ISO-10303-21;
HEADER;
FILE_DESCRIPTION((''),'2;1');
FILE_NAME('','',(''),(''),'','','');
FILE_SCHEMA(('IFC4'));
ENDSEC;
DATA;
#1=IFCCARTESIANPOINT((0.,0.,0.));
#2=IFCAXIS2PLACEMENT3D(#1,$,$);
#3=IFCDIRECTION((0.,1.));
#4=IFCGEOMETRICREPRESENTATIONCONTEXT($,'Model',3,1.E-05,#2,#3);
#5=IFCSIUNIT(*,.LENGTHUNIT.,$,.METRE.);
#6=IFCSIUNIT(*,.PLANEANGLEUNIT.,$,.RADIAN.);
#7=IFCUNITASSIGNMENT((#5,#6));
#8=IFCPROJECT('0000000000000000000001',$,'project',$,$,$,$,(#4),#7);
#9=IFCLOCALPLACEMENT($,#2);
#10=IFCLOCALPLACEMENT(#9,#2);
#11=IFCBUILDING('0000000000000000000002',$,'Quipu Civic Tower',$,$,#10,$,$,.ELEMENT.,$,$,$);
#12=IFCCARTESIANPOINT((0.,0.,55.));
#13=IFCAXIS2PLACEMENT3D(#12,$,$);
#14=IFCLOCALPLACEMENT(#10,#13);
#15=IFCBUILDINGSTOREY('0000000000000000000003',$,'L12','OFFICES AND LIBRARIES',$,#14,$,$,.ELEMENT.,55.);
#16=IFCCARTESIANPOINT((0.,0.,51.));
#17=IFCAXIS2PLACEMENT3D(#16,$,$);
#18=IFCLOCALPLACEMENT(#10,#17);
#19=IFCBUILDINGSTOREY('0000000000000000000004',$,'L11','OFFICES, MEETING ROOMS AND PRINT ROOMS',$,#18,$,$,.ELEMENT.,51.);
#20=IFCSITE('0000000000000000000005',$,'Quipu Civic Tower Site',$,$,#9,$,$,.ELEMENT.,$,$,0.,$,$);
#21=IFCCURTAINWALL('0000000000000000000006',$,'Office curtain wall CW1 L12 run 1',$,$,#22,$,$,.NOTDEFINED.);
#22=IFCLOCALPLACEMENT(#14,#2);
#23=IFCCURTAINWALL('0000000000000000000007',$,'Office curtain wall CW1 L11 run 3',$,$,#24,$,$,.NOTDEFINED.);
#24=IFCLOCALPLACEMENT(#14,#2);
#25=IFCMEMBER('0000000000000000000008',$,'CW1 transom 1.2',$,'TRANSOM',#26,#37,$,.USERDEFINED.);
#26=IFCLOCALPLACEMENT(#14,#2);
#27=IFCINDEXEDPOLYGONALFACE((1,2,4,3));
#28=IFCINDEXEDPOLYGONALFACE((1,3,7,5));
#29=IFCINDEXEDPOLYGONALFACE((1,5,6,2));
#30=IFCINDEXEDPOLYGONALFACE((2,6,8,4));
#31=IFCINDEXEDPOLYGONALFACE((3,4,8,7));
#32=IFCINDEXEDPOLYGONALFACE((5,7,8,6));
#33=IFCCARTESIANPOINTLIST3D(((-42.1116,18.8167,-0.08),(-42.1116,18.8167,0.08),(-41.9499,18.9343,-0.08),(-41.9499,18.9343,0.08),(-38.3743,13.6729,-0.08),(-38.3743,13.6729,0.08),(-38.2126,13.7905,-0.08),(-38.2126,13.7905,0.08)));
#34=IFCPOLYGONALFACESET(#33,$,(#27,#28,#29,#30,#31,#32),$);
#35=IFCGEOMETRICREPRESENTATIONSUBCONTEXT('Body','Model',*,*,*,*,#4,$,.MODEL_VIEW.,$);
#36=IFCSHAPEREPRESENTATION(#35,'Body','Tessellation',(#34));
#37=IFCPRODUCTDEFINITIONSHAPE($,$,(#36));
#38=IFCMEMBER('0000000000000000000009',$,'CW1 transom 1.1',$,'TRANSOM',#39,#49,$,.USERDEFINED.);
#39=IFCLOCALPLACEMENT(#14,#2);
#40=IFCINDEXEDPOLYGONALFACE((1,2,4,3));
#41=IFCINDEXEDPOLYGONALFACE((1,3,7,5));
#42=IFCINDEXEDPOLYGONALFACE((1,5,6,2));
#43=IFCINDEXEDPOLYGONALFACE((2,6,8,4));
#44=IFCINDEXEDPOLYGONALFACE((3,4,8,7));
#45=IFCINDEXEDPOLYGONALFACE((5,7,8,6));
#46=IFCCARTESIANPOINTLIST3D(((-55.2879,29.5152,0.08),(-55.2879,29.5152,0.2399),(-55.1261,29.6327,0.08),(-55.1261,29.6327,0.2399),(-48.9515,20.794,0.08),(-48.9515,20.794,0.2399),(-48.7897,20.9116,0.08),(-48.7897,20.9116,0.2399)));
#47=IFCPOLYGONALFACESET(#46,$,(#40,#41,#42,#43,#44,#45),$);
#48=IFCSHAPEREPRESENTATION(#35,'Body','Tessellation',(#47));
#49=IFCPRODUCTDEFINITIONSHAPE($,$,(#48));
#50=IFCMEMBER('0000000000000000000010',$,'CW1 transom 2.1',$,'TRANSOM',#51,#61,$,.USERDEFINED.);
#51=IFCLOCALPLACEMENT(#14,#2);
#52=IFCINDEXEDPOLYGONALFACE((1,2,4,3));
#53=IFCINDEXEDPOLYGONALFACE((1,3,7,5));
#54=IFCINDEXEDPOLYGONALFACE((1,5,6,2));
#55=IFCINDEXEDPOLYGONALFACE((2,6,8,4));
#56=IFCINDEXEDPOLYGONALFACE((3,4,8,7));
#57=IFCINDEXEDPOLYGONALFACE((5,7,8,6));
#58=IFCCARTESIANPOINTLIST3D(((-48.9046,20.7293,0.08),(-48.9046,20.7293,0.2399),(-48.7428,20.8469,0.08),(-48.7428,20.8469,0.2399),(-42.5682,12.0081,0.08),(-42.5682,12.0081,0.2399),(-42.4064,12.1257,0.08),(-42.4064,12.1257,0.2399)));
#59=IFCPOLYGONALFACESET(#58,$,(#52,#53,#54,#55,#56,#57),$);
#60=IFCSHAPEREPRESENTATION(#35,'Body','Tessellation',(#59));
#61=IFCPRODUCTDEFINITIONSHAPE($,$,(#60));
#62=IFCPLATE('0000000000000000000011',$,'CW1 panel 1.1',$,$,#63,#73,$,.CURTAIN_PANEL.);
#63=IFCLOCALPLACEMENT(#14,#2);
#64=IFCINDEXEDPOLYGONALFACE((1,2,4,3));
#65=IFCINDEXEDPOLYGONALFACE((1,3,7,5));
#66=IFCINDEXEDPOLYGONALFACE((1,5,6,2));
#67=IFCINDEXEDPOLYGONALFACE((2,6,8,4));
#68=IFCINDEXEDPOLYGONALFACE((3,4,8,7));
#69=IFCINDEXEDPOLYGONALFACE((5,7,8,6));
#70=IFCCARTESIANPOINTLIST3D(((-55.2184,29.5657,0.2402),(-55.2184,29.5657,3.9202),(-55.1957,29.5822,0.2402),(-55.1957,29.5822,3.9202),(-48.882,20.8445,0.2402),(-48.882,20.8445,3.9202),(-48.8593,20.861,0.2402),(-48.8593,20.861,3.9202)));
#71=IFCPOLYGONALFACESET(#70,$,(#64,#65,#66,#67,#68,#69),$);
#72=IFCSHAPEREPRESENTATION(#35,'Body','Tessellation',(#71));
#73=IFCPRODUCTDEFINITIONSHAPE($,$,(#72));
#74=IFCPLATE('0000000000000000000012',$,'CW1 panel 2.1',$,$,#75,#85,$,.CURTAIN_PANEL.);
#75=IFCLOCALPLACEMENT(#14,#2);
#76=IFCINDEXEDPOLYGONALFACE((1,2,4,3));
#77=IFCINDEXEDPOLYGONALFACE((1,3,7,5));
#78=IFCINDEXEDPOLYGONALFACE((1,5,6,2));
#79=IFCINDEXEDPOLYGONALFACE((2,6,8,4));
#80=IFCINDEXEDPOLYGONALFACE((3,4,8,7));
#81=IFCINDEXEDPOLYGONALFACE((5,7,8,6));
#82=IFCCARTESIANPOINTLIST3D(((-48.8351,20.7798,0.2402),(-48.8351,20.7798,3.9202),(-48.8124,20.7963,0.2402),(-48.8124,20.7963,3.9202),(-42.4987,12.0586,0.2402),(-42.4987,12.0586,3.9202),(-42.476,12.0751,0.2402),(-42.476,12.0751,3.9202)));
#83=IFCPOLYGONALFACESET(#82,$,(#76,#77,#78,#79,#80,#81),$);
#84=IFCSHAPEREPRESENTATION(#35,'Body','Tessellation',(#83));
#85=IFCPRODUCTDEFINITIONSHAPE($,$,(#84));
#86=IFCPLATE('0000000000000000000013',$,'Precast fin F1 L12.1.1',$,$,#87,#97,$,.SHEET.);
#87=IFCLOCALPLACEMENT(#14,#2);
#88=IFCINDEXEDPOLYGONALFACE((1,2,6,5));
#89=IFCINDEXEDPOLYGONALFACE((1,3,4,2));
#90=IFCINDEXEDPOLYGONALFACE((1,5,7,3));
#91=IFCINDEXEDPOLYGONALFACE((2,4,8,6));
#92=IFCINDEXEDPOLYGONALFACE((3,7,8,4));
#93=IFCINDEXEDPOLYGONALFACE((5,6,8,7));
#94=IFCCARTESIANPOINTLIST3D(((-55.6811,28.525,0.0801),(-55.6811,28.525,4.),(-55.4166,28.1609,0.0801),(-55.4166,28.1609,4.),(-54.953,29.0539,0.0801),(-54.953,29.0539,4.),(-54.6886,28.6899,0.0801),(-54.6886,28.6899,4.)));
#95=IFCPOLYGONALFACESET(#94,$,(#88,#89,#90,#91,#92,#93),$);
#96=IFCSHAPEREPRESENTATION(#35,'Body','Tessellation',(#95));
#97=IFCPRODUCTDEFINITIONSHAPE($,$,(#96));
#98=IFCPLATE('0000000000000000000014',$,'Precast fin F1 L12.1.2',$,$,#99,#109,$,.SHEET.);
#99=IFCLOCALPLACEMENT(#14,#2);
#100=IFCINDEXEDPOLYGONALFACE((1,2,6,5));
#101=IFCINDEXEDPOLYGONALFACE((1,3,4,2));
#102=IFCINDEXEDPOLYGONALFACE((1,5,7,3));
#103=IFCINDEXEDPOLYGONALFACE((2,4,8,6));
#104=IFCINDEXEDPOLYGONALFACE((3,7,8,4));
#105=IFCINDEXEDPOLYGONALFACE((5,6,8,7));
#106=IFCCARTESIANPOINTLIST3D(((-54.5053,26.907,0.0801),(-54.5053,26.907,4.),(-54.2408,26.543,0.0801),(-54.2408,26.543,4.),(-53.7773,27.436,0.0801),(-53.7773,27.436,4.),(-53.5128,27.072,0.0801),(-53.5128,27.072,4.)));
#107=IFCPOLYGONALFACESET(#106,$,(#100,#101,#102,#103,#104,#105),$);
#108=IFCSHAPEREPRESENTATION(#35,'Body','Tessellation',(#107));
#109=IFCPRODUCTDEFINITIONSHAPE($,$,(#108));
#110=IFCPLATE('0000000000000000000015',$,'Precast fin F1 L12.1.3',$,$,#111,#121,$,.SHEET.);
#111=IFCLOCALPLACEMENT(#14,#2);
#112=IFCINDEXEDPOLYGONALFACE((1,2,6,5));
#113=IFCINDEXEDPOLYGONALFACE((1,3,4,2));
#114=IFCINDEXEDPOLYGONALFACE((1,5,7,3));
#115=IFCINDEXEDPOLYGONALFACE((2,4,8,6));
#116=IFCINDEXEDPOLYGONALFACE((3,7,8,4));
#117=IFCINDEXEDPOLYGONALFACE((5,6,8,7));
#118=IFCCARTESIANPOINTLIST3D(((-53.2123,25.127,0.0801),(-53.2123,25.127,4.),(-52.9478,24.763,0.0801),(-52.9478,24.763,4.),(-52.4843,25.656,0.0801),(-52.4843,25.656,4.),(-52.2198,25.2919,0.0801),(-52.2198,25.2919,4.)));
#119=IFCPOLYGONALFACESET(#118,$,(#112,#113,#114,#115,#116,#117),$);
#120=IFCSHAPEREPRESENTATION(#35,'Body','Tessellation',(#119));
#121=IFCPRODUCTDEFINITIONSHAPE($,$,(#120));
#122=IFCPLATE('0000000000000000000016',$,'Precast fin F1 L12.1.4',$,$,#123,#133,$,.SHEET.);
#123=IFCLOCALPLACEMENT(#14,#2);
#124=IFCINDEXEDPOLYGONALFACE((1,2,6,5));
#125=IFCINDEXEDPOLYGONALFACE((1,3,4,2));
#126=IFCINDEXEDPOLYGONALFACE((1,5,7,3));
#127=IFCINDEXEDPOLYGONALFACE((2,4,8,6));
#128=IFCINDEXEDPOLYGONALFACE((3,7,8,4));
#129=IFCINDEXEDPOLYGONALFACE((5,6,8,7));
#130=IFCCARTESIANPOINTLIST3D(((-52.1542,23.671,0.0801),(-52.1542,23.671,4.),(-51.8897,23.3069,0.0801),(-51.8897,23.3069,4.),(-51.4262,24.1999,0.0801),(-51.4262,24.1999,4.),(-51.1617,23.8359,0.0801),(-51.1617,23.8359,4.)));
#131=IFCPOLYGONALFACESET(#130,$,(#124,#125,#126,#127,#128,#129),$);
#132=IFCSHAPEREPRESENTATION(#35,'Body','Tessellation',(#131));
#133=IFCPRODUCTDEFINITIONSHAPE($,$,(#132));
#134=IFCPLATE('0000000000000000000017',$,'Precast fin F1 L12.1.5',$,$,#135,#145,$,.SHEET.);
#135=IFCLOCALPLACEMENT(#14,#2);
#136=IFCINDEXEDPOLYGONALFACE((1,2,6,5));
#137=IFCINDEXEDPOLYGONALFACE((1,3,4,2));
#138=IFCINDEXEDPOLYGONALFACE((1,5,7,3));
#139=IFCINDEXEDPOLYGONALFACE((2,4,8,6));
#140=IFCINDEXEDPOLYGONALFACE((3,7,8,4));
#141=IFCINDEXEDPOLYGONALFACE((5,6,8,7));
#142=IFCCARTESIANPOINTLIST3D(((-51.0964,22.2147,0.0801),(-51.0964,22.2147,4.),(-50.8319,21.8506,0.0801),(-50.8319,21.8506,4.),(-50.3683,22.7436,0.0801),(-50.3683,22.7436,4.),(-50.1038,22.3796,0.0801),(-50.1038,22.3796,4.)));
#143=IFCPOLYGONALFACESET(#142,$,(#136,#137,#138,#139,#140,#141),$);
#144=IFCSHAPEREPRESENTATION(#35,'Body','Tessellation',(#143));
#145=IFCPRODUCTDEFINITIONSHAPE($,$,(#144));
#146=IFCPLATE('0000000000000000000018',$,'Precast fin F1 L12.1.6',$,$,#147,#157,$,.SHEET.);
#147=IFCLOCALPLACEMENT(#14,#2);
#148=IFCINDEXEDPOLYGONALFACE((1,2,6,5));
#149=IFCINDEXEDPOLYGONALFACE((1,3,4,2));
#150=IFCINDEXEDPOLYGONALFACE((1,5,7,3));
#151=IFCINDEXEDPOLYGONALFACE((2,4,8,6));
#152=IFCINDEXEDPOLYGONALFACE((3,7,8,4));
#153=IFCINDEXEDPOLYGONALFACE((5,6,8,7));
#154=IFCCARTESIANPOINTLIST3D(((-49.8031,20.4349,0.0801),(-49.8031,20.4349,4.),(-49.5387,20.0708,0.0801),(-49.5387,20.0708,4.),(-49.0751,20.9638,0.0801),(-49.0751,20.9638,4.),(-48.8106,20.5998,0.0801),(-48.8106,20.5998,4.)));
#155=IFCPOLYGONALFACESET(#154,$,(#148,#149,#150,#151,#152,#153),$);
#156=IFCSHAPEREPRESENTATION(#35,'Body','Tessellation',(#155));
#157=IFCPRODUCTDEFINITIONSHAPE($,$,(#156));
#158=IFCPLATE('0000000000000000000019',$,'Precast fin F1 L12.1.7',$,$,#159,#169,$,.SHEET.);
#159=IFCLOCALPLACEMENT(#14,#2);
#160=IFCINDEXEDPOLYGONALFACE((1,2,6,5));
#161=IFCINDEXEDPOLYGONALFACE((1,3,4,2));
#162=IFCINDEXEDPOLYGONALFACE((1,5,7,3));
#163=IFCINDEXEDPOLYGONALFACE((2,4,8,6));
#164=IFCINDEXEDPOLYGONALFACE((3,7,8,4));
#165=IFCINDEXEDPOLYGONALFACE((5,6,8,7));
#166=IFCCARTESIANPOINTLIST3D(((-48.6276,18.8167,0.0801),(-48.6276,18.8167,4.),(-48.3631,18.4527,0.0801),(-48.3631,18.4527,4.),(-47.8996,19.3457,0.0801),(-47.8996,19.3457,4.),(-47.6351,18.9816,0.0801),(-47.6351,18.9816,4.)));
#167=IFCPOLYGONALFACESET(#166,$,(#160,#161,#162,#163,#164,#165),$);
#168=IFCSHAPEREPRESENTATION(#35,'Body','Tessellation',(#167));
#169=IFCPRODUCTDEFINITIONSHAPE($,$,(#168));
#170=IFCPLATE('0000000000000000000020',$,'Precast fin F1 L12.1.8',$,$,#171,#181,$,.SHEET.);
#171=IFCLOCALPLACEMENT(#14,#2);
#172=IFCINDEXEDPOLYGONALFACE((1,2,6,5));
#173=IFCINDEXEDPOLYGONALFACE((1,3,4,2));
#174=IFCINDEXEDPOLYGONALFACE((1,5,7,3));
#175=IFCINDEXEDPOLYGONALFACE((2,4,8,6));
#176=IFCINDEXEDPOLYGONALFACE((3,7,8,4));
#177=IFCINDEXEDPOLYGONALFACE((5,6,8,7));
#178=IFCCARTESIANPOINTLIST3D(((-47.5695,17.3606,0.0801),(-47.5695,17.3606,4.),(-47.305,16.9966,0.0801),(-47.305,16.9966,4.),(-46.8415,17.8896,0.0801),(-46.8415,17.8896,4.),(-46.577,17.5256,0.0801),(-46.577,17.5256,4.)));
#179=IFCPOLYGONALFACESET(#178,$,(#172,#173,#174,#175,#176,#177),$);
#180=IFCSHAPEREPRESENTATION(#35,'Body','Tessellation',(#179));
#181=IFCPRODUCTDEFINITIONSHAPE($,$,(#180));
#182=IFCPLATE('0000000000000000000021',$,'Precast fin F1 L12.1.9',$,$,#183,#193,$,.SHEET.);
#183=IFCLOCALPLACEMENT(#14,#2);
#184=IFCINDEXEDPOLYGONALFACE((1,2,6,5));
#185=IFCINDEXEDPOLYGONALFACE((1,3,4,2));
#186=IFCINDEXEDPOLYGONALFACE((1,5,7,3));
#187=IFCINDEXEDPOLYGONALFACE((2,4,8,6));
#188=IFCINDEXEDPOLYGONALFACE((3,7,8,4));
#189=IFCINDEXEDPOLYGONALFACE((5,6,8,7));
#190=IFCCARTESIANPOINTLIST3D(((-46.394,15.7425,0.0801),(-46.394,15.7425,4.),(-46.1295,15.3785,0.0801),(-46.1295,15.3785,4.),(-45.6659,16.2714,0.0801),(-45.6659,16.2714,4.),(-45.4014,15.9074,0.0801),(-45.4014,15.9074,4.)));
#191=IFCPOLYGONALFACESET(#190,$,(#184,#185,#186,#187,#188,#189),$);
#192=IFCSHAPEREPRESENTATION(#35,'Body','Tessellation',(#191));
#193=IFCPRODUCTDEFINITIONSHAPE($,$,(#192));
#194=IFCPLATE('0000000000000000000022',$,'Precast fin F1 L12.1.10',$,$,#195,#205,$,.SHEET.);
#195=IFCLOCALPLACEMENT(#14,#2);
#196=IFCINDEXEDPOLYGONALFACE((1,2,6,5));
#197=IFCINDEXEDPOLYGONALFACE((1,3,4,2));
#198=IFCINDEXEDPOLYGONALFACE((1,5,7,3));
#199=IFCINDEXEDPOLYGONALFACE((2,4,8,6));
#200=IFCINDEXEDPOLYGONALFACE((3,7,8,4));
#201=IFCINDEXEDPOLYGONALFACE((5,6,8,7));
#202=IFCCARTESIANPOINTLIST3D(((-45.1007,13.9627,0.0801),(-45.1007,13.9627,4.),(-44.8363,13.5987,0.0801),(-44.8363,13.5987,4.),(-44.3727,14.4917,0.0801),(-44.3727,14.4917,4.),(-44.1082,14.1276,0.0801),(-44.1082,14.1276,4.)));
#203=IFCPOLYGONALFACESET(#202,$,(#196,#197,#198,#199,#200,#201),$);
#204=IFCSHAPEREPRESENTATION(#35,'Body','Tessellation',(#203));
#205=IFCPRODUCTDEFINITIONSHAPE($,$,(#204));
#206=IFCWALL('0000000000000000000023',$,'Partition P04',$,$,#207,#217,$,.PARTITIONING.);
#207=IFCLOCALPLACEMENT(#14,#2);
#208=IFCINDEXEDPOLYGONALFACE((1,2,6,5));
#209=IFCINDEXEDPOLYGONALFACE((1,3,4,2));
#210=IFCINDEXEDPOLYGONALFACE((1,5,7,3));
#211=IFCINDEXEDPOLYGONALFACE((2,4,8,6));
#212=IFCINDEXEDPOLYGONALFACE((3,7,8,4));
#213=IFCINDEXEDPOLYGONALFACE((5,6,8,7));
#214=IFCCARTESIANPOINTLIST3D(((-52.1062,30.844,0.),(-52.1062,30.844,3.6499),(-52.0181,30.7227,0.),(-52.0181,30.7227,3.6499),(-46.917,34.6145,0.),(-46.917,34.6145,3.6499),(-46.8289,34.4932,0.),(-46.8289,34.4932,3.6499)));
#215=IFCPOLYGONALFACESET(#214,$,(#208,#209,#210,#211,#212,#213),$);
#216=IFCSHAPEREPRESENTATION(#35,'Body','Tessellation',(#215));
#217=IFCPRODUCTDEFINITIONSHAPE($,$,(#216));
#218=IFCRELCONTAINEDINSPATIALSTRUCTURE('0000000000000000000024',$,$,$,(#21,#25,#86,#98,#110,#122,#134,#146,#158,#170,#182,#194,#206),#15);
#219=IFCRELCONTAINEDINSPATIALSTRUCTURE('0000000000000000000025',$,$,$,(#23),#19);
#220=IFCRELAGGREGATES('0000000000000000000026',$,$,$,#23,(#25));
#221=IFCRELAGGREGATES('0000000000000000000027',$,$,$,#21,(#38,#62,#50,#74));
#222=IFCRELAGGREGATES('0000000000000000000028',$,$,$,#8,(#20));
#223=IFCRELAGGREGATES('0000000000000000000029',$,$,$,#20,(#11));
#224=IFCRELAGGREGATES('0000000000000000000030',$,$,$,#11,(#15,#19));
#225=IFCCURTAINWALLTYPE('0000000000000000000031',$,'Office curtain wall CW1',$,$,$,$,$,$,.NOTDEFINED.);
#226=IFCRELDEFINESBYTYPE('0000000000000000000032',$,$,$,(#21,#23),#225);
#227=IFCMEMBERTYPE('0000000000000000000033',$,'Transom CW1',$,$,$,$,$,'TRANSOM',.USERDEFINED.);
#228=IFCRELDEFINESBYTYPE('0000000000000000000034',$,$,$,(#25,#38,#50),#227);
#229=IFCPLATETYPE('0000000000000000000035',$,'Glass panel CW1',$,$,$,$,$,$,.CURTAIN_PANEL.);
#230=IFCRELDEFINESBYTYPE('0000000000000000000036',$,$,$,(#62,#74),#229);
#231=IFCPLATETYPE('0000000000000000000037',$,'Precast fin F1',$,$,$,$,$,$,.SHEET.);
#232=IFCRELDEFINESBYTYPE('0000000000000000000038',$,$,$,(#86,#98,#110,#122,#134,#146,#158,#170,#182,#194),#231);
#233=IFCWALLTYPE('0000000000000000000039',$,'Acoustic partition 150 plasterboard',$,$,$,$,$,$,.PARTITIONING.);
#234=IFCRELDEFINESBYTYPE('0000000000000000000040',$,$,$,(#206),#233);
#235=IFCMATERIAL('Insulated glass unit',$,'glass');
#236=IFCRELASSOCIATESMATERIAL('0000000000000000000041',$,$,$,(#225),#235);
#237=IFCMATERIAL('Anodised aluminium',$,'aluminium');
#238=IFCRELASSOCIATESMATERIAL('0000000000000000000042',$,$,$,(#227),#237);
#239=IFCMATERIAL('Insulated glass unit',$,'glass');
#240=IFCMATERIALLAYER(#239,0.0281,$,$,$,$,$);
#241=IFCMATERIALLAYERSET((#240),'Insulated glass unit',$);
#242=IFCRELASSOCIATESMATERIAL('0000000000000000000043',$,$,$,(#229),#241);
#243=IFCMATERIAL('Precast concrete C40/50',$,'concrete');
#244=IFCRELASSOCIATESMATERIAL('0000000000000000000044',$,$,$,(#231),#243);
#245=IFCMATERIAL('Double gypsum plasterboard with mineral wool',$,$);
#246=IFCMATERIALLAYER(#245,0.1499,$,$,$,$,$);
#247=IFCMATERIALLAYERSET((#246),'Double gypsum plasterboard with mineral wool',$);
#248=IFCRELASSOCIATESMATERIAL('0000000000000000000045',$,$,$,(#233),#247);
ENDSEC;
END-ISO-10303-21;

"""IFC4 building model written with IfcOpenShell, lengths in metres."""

from ifc_helpers import new_model, si_unit, direction, frame, frame_2d, origin, origin_2d, place, context, subcontext, project, spatial, rectangle, extrude, material, layer, layer_set, material_profile, profile_set, type_object, element, aggregate, save


model = new_model("IFC4")

# Units and contexts
model_context = context("Model", 3, precision=1e-05, world=origin(), true_north=direction((0.0, 1.0)))
body_context = subcontext(model_context, "Body", "Model", "MODEL_VIEW")
ifc_project = project(units=[si_unit("LENGTHUNIT", "METRE"), si_unit("PLANEANGLEUNIT", "RADIAN")], contexts=[model_context])

# Site, building, storey
site_placement = place(None, origin())
site = spatial("IfcSite", under=ifc_project, at=site_placement, Name="Quipu Civic Tower Site", CompositionType="ELEMENT", RefElevation=0.0)
building_placement = place(site_placement, origin())
building = spatial("IfcBuilding", under=site, at=building_placement, Name="Quipu Civic Tower", CompositionType="ELEMENT")
storey_1_placement = place(building_placement, frame((0.0, 0.0, 55.0)))
storey_1 = spatial("IfcBuildingStorey", under=building, at=storey_1_placement, Name="L12", Description="OFFICES AND LIBRARIES", CompositionType="ELEMENT", Elevation=55.0)

# Curtain wall
ifc_material_1 = material(Name="Insulated glass unit", Category="glass")
curtain_wall_type = type_object("IfcCurtainWallType", Name="Office curtain wall CW1", PredefinedType="NOTDEFINED", material=ifc_material_1)
curtain_wall_1_placement = place(storey_1_placement, origin())
curtain_wall_1 = element("IfcCurtainWall", 1, at=curtain_wall_1_placement, inside=storey_1, type_object=curtain_wall_type, Name="Office curtain wall CW1 L12 run 1", PredefinedType="NOTDEFINED")

# Shared definitions
storey_2_placement = place(building_placement, frame((0.0, 0.0, 51.0)))
storey_2 = spatial("IfcBuildingStorey", under=building, at=storey_2_placement, Name="L11", Description="OFFICES, MEETING ROOMS AND PRINT ROOMS", CompositionType="ELEMENT", Elevation=51.0)

# Shared definitions
ifc_material_2 = material(Name="Anodised aluminium", Category="aluminium")
ifc_material_profile_1 = material_profile(ifc_material_2, rectangle(XDim=0.2, YDim=0.1599, at=origin_2d()), Name="RECT 200x160")
ifc_profile_set_1 = profile_set([ifc_material_profile_1], Name="Anodised aluminium")
member_type_1 = type_object("IfcMemberType", Name="Transom CW1", ElementType="TRANSOM", PredefinedType="USERDEFINED", material=ifc_profile_set_1)

# Curtain wall, member
curtain_wall_2_placement = place(storey_2_placement, origin())
curtain_wall_2 = element("IfcCurtainWall", 2, at=curtain_wall_2_placement, inside=storey_2, type_object=curtain_wall_type, Name="Office curtain wall CW1 L11 run 3", PredefinedType="NOTDEFINED")
member_1_placement = place(storey_1_placement, frame((-42.0308, 18.8755, 0.0), z_axis=(0.587797, -0.809008, 0.0), x_axis=(0.809008, 0.587797, 0.0)))
member_1 = element("IfcMember", 3, at=member_1_placement, inside=storey_1, type_object=member_type_1, Name="CW1 transom 1.2", ObjectType="TRANSOM", PredefinedType="USERDEFINED", context=body_context, shape_type="SweptSolid", body=[
    extrude(rectangle(XDim=0.2, YDim=0.1599, at=origin_2d()), origin(), (0.0, 0.0, 1.0), 6.3582),
])
aggregate(curtain_wall_2, [member_1])

# Members
member_2_placement = place(storey_1_placement, frame((-55.207, 29.574, 0.1599), z_axis=(0.587792, -0.809012, 0.0), x_axis=(0.809012, 0.587792, 0.0)))
member_2 = element("IfcMember", 4, at=member_2_placement, type_object=member_type_1, Name="CW1 transom 1.1", ObjectType="TRANSOM", PredefinedType="USERDEFINED", context=body_context, shape_type="SweptSolid", body=[
    extrude(rectangle(XDim=0.2, YDim=0.1599, at=origin_2d()), origin(), (0.0, 0.0, 1.0), 10.78),
])
member_3_placement = place(storey_1_placement, frame((-48.8237, 20.7881, 0.1599), z_axis=(0.587792, -0.809012, 0.0), x_axis=(0.809012, 0.587792, 0.0)))
member_3 = element("IfcMember", 5, at=member_3_placement, type_object=member_type_1, Name="CW1 transom 2.1", ObjectType="TRANSOM", PredefinedType="USERDEFINED", context=body_context, shape_type="SweptSolid", body=[
    extrude(rectangle(XDim=0.2, YDim=0.1599, at=origin_2d()), origin(), (0.0, 0.0, 1.0), 10.78),
])

# Plates
ifc_material_3 = material(Name="Insulated glass unit", Category="glass")
ifc_layer_1 = layer(ifc_material_3, 0.0281)
ifc_layer_set_1 = layer_set([ifc_layer_1], Name="Insulated glass unit")
plate_type_1 = type_object("IfcPlateType", Name="Glass panel CW1", PredefinedType="CURTAIN_PANEL", material=ifc_layer_set_1)
plate_1_placement = place(storey_1_placement, frame((-52.0388, 25.2134, 0.2402), z_axis=(0.0, 0.0, 1.0), x_axis=(0.587789, -0.809014, 0.0)))
plate_1 = element("IfcPlate", 6, at=plate_1_placement, type_object=plate_type_1, Name="CW1 panel 1.1", PredefinedType="CURTAIN_PANEL", context=body_context, shape_type="SweptSolid", body=[
    extrude(rectangle(XDim=10.78, YDim=0.0281, at=origin_2d()), origin(), (0.0, 0.0, 1.0), 3.6799),
])
plate_2_placement = place(storey_1_placement, frame((-45.6555, 16.4275, 0.2402), z_axis=(0.0, 0.0, 1.0), x_axis=(0.587789, -0.809014, 0.0)))
plate_2 = element("IfcPlate", 7, at=plate_2_placement, type_object=plate_type_1, Name="CW1 panel 2.1", PredefinedType="CURTAIN_PANEL", context=body_context, shape_type="SweptSolid", body=[
    extrude(rectangle(XDim=10.78, YDim=0.0281, at=origin_2d()), origin(), (0.0, 0.0, 1.0), 3.6799),
])
aggregate(curtain_wall_1, [member_2, plate_1, member_3, plate_2])

# Plates
ifc_material_4 = material(Name="Precast concrete C40/50", Category="concrete")
plate_type_2 = type_object("IfcPlateType", Name="Precast fin F1", PredefinedType="SHEET", material=ifc_material_4)
for number, where, z_axis, x_axis, name in (
    (8, (-55.1848, 28.6074, 0.0801), (0.0, 0.0, 1.0), (0.587788, -0.809015, 0.0), "Precast fin F1 L12.1.1"),
    (9, (-54.009, 26.9895, 0.0801), (0.0, 0.0, 1.0), (0.587788, -0.809015, 0.0), "Precast fin F1 L12.1.2"),
    (10, (-52.7161, 25.2095, 0.0801), (0.0, 0.0, 1.0), (0.587788, -0.809015, 0.0), "Precast fin F1 L12.1.3"),
    (11, (-51.658, 23.7534, 0.0801), (0.0, 0.0, 1.0), (0.587788, -0.809015, 0.0), "Precast fin F1 L12.1.4"),
    (12, (-50.6001, 22.2971, 0.0801), (0.0, 0.0, 1.0), (0.587788, -0.809015, 0.0), "Precast fin F1 L12.1.5"),
    (13, (-49.3069, 20.5173, 0.0801), (0.0, 0.0, 1.0), (0.587788, -0.809015, 0.0), "Precast fin F1 L12.1.6"),
    (14, (-48.1313, 18.8992, 0.0801), (0.0, 0.0, 1.0), (0.587788, -0.809015, 0.0), "Precast fin F1 L12.1.7"),
    (15, (-47.0732, 17.4431, 0.0801), (0.0, 0.0, 1.0), (0.587788, -0.809015, 0.0), "Precast fin F1 L12.1.8"),
    (16, (-45.8977, 15.825, 0.0801), (0.0, 0.0, 1.0), (0.587788, -0.809015, 0.0), "Precast fin F1 L12.1.9"),
    (17, (-44.6045, 14.0452, 0.0801), (0.0, 0.0, 1.0), (0.587788, -0.809015, 0.0), "Precast fin F1 L12.1.10"),
):
    element("IfcPlate", number, at=place(storey_1_placement, frame(where, z_axis=z_axis, x_axis=x_axis)), inside=storey_1, type_object=plate_type_2, Name=name, PredefinedType="SHEET", context=body_context, shape_type="SweptSolid", body=[
        extrude(rectangle(XDim=0.45, YDim=0.8999, at=origin_2d()), origin(), (0.0, 0.0, 1.0), 3.9199),
    ])

# Wall
ifc_material_5 = material(Name="Double gypsum plasterboard with mineral wool")
ifc_layer_2 = layer(ifc_material_5, 0.1499)
ifc_layer_set_2 = layer_set([ifc_layer_2], Name="Double gypsum plasterboard with mineral wool")
wall_type_1 = type_object("IfcWallType", Name="Acoustic partition 150 plasterboard", PredefinedType="PARTITIONING", material=ifc_layer_set_2)
wall_1_placement = place(storey_1_placement, frame((-52.062, 30.7834, 0.0), z_axis=(0.0, 0.0, 1.0), x_axis=(0.808993, 0.587819, 0.0)))
element("IfcWall", 18, at=wall_1_placement, inside=storey_1, type_object=wall_type_1, Name="Partition P04", PredefinedType="PARTITIONING", context=body_context, shape_type="SweptSolid", body=[
    extrude(rectangle(XDim=6.4143, YDim=0.1499, at=frame_2d((3.207, 0.0))), origin(), (0.0, 0.0, 1.0), 3.6499),
])

save(model, "model.ifc")
